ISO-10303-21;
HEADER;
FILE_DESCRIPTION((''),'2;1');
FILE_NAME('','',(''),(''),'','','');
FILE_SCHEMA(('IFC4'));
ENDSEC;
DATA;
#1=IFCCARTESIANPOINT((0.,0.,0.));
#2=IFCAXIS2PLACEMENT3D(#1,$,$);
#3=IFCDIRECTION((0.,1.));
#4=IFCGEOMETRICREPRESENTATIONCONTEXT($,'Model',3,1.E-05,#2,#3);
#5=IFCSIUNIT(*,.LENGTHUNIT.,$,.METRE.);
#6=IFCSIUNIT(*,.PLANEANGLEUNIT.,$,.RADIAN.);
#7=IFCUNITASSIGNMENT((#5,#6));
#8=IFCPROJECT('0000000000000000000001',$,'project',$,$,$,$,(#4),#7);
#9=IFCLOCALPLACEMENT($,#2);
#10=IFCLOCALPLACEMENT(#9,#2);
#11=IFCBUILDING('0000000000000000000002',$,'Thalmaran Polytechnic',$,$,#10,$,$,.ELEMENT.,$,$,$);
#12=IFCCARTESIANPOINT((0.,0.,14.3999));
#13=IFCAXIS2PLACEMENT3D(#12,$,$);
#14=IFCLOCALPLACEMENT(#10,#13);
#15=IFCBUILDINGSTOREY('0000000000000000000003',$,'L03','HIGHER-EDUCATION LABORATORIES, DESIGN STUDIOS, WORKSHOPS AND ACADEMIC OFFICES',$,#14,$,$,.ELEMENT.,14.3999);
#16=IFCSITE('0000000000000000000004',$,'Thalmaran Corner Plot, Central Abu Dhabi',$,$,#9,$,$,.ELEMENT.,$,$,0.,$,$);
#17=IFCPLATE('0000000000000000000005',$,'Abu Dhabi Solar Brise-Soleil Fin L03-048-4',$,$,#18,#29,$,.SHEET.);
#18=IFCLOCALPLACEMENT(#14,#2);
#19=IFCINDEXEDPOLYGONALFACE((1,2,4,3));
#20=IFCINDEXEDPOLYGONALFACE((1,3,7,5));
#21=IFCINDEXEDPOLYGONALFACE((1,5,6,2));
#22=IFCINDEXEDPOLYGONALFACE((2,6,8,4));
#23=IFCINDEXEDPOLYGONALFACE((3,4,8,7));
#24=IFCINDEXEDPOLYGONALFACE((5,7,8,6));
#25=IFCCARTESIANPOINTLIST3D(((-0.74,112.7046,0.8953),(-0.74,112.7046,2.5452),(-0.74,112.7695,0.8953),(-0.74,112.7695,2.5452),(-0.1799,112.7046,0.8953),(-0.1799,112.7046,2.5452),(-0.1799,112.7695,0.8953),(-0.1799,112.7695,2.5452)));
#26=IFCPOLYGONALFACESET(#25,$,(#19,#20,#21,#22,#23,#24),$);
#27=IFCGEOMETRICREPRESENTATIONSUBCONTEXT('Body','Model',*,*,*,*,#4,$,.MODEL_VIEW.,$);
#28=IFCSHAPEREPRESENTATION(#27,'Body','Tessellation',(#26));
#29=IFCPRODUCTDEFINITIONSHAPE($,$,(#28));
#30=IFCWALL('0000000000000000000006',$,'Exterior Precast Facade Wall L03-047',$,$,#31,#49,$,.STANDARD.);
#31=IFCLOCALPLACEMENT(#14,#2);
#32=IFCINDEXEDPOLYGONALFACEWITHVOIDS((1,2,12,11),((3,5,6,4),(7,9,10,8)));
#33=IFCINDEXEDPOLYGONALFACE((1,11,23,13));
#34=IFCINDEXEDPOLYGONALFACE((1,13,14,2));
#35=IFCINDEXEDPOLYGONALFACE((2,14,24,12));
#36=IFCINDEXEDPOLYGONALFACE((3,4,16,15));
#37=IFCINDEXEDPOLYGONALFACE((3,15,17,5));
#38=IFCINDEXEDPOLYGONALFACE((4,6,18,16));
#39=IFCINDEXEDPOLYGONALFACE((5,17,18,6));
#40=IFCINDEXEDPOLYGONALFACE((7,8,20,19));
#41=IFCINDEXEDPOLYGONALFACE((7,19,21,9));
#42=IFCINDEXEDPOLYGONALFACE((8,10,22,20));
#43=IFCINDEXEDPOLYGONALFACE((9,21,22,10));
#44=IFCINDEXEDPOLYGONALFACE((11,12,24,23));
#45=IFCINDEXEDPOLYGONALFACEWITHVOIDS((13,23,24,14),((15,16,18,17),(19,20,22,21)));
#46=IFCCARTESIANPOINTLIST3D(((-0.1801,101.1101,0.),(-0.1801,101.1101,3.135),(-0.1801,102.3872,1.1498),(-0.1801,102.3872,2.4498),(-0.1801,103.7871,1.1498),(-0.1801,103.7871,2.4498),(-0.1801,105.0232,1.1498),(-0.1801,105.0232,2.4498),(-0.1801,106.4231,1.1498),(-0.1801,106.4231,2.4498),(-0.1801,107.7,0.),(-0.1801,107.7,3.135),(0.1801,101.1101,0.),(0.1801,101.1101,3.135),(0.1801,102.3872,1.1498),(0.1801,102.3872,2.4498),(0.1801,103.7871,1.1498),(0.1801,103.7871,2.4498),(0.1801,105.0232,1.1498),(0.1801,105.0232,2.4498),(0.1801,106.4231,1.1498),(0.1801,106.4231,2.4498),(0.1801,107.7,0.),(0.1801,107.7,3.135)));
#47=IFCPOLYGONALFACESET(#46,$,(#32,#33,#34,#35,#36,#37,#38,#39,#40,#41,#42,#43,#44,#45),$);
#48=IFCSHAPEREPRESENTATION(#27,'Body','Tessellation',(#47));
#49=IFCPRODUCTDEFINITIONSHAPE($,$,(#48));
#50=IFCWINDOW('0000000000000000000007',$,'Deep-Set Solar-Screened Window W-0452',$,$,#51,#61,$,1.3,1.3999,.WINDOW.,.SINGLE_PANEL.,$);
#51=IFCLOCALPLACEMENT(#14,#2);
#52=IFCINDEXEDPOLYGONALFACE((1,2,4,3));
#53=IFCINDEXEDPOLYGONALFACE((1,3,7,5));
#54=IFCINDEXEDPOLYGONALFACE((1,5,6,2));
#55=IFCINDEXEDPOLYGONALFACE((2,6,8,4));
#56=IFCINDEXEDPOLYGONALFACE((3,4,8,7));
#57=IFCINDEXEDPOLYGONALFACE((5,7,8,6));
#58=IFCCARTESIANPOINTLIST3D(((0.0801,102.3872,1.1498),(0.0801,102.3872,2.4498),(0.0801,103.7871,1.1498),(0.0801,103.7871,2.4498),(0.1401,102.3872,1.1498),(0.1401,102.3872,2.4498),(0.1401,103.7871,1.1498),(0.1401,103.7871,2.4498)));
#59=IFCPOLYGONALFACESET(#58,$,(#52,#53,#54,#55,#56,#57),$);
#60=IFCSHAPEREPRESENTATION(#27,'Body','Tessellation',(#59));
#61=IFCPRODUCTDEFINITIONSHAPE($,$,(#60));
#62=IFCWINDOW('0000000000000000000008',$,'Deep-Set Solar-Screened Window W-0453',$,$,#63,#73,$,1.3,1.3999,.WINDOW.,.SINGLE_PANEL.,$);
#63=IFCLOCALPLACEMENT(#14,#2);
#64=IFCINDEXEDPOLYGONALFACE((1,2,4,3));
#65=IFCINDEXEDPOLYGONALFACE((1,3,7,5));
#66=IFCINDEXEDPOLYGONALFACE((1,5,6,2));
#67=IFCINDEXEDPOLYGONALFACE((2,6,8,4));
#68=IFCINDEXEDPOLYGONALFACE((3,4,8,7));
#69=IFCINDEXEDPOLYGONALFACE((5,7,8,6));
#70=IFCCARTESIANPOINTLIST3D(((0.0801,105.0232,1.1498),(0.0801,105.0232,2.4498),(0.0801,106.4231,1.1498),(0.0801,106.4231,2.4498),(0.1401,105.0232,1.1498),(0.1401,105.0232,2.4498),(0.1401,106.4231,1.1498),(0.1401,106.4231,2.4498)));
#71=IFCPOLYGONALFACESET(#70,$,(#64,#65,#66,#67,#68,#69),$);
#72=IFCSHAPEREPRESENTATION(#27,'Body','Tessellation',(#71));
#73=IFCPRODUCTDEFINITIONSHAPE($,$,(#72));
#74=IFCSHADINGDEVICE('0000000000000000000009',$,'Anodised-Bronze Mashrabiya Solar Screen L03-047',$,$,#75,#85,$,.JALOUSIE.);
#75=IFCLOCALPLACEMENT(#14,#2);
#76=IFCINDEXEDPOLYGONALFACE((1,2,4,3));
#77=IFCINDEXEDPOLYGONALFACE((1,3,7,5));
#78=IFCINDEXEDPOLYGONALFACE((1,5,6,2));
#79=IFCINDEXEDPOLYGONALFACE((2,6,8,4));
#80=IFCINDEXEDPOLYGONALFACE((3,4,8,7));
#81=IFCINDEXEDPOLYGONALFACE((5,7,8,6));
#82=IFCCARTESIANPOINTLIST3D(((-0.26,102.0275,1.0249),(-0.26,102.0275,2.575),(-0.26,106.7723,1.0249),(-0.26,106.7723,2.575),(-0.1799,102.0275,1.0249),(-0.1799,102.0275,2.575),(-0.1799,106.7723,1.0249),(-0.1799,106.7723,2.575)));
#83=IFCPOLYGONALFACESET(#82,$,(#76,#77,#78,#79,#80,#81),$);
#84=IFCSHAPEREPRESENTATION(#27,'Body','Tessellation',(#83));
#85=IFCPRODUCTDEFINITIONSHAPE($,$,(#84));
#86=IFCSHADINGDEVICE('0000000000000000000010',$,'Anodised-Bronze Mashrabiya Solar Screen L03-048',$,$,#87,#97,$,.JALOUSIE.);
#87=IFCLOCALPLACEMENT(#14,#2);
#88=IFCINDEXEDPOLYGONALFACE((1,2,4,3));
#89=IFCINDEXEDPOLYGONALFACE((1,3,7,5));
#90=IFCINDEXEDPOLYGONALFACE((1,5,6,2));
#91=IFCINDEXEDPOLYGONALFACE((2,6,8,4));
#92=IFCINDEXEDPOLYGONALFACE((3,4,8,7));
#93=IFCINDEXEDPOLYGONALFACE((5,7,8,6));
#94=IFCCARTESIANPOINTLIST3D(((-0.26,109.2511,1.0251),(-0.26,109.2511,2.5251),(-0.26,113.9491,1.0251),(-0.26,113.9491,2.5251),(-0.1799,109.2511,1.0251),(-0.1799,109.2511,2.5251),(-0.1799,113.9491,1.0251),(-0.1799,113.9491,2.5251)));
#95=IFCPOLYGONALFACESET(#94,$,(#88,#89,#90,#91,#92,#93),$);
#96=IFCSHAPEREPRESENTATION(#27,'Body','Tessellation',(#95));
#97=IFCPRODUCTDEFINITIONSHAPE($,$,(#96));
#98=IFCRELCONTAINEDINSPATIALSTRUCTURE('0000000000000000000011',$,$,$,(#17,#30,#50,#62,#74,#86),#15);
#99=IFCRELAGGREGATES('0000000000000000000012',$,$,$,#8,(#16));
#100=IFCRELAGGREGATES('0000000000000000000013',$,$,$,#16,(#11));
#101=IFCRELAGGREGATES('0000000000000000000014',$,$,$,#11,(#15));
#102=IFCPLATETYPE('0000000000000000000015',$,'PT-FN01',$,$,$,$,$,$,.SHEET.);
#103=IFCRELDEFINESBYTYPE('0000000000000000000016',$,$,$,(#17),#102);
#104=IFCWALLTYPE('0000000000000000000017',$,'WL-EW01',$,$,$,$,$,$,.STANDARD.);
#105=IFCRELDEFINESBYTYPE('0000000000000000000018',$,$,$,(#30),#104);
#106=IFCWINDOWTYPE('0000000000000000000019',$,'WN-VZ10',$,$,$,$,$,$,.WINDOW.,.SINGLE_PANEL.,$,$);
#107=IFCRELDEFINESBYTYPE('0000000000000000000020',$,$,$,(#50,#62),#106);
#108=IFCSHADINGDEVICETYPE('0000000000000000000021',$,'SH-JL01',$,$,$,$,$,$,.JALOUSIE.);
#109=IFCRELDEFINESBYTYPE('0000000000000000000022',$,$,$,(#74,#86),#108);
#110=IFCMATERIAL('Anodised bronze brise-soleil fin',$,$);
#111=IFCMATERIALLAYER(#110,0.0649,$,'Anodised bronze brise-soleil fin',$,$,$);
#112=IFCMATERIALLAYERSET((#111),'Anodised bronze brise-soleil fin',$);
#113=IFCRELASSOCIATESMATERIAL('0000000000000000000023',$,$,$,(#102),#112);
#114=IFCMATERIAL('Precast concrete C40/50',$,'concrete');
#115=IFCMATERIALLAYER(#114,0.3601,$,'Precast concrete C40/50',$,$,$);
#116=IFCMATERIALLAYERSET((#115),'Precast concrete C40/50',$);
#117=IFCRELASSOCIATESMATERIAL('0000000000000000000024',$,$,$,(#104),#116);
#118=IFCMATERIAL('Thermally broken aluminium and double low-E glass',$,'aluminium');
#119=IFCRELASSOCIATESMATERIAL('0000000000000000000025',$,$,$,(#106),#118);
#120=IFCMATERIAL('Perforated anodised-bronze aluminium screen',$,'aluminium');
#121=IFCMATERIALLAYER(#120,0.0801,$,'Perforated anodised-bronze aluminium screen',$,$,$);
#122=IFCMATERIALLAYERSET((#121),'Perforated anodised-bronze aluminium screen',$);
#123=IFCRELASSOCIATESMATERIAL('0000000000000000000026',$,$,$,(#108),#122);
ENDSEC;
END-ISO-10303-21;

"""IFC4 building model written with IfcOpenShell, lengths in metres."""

from ifc_helpers import new_model, si_unit, direction, frame, frame_2d, origin, origin_2d, place, context, subcontext, project, spatial, rectangle, extrude, material, layer, layer_set, type_object, element, fill, save


model = new_model("IFC4")

# Units and contexts
model_context = context("Model", 3, precision=1e-05, world=origin(), true_north=direction((0.0, 1.0)))
body_context = subcontext(model_context, "Body", "Model", "MODEL_VIEW")
ifc_project = project(units=[si_unit("LENGTHUNIT", "METRE"), si_unit("PLANEANGLEUNIT", "RADIAN")], contexts=[model_context])

# Site, building, storey
site_placement = place(None, origin())
site = spatial("IfcSite", under=ifc_project, at=site_placement, Name="Thalmaran Corner Plot, Central Abu Dhabi", CompositionType="ELEMENT", RefElevation=0.0)
building_placement = place(site_placement, origin())
building = spatial("IfcBuilding", under=site, at=building_placement, Name="Thalmaran Polytechnic", CompositionType="ELEMENT")
storey_placement = place(building_placement, frame((0.0, 0.0, 14.3999)))
storey = spatial("IfcBuildingStorey", under=building, at=storey_placement, Name="L03", Description="HIGHER-EDUCATION LABORATORIES, DESIGN STUDIOS, WORKSHOPS AND ACADEMIC OFFICES", CompositionType="ELEMENT", Elevation=14.3999)

# Plate
ifc_material_1 = material(Name="Anodised bronze brise-soleil fin")
ifc_layer_1 = layer(ifc_material_1, 0.0649, Name="Anodised bronze brise-soleil fin")
ifc_layer_set_1 = layer_set([ifc_layer_1], Name="Anodised bronze brise-soleil fin")
plate_type_1 = type_object("IfcPlateType", Name="PT-FN01", PredefinedType="SHEET", material=ifc_layer_set_1)
for number, where, z_axis, x_axis, name in (
    (1, (-0.46, 112.7371, 0.8953), (0.0, 0.0, 1.0), (0.0, 1.0, 0.0), "Abu Dhabi Solar Brise-Soleil Fin L03-048-4"),
):
    element("IfcPlate", number, at=place(storey_placement, frame(where, z_axis=z_axis, x_axis=x_axis)), inside=storey, type_object=plate_type_1, Name=name, PredefinedType="SHEET", context=body_context, shape_type="SweptSolid", body=[
        extrude(rectangle(XDim=0.0649, YDim=0.5601, at=origin_2d()), origin(), (0.0, 0.0, 1.0), 1.6499),
    ])

# Wall, openings, windows
ifc_material_2 = material(Name="Precast concrete C40/50", Category="concrete")
ifc_layer_2 = layer(ifc_material_2, 0.3601, Name="Precast concrete C40/50")
ifc_layer_set_2 = layer_set([ifc_layer_2], Name="Precast concrete C40/50")
wall_type = type_object("IfcWallType", Name="WL-EW01", PredefinedType="STANDARD", material=ifc_layer_set_2)
wall_placement = place(storey_placement, frame((0.0, 101.1101, 0.0), z_axis=(0.0, 0.0, 1.0), x_axis=(0.0, 1.0, 0.0)))
wall = element("IfcWall", 2, at=wall_placement, inside=storey, type_object=wall_type, Name="Exterior Precast Facade Wall L03-047", PredefinedType="STANDARD", context=body_context, shape_type="SweptSolid", body=[
    extrude(rectangle(XDim=6.5898, YDim=0.3601, at=frame_2d((3.2949, 0.0))), origin(), (0.0, 0.0, 1.0), 3.135),
])
opening_1_placement = place(wall_placement, frame((1.2771, 0.0, 1.1499)))
opening_1 = element("IfcOpeningElement", 3, at=opening_1_placement, cuts=wall, PredefinedType="OPENING", context=body_context, shape_type="SweptSolid", body=[
    extrude(rectangle(XDim=1.3999, YDim=1.3, at=frame_2d((0.7, 0.6499))), frame((0.0, 0.1899, 0.0), z_axis=(0.0, -1.0, 0.0), x_axis=(1.0, 0.0, 0.0)), (0.0, 0.0, 1.0), 0.3801),
])
opening_2_placement = place(wall_placement, frame((3.9131, 0.0, 1.1499)))
opening_2 = element("IfcOpeningElement", 4, at=opening_2_placement, cuts=wall, PredefinedType="OPENING", context=body_context, shape_type="SweptSolid", body=[
    extrude(rectangle(XDim=1.3999, YDim=1.3, at=frame_2d((0.7, 0.6499))), frame((0.0, 0.1899, 0.0), z_axis=(0.0, -1.0, 0.0), x_axis=(1.0, 0.0, 0.0)), (0.0, 0.0, 1.0), 0.3801),
])
ifc_material_3 = material(Name="Thermally broken aluminium and double low-E glass", Category="aluminium")
window_type = type_object("IfcWindowType", Name="WN-VZ10", PartitioningType="SINGLE_PANEL", PredefinedType="WINDOW", material=ifc_material_3)
window_1_placement = place(opening_1_placement, origin())
window_1 = element("IfcWindow", 5, at=window_1_placement, inside=storey, type_object=window_type, Name="Deep-Set Solar-Screened Window W-0452", OverallHeight=1.3, OverallWidth=1.3999, PartitioningType="SINGLE_PANEL", PredefinedType="WINDOW", context=body_context, shape_type="SweptSolid", body=[
    extrude(rectangle(XDim=1.3999, YDim=1.3, at=frame_2d((0.7, 0.6499))), frame((0.0, -0.0801, 0.0), z_axis=(0.0, -1.0, 0.0), x_axis=(1.0, 0.0, 0.0)), (0.0, 0.0, 1.0), 0.0601),
])
fill(opening_1, window_1)
window_2_placement = place(opening_2_placement, origin())
window_2 = element("IfcWindow", 6, at=window_2_placement, inside=storey, type_object=window_type, Name="Deep-Set Solar-Screened Window W-0453", OverallHeight=1.3, OverallWidth=1.3999, PartitioningType="SINGLE_PANEL", PredefinedType="WINDOW", context=body_context, shape_type="SweptSolid", body=[
    extrude(rectangle(XDim=1.3999, YDim=1.3, at=frame_2d((0.7, 0.6499))), frame((0.0, -0.0801, 0.0), z_axis=(0.0, -1.0, 0.0), x_axis=(1.0, 0.0, 0.0)), (0.0, 0.0, 1.0), 0.0601),
])
fill(opening_2, window_2)

# Shading devices
ifc_material_4 = material(Name="Perforated anodised-bronze aluminium screen", Category="aluminium")
ifc_layer_3 = layer(ifc_material_4, 0.0801, Name="Perforated anodised-bronze aluminium screen")
ifc_layer_set_3 = layer_set([ifc_layer_3], Name="Perforated anodised-bronze aluminium screen")
shading_device_type = type_object("IfcShadingDeviceType", Name="SH-JL01", PredefinedType="JALOUSIE", material=ifc_layer_set_3)
shading_device_1_placement = place(storey_placement, frame((-0.22, 104.3999, 1.0249), z_axis=(0.0, 0.0, 1.0), x_axis=(0.0, 1.0, 0.0)))
element("IfcShadingDevice", 7, at=shading_device_1_placement, inside=storey, type_object=shading_device_type, Name="Anodised-Bronze Mashrabiya Solar Screen L03-047", PredefinedType="JALOUSIE", context=body_context, shape_type="SweptSolid", body=[
    extrude(rectangle(XDim=4.7449, YDim=0.0801, at=origin_2d()), origin(), (0.0, 0.0, 1.0), 1.55),
])
shading_device_2_placement = place(storey_placement, frame((-0.22, 111.6001, 1.0251), z_axis=(0.0, 0.0, 1.0), x_axis=(0.0, 1.0, 0.0)))
element("IfcShadingDevice", 8, at=shading_device_2_placement, inside=storey, type_object=shading_device_type, Name="Anodised-Bronze Mashrabiya Solar Screen L03-048", PredefinedType="JALOUSIE", context=body_context, shape_type="SweptSolid", body=[
    extrude(rectangle(XDim=4.698, YDim=0.0801, at=origin_2d()), origin(), (0.0, 0.0, 1.0), 1.5),
])

save(model, "model.ifc")
